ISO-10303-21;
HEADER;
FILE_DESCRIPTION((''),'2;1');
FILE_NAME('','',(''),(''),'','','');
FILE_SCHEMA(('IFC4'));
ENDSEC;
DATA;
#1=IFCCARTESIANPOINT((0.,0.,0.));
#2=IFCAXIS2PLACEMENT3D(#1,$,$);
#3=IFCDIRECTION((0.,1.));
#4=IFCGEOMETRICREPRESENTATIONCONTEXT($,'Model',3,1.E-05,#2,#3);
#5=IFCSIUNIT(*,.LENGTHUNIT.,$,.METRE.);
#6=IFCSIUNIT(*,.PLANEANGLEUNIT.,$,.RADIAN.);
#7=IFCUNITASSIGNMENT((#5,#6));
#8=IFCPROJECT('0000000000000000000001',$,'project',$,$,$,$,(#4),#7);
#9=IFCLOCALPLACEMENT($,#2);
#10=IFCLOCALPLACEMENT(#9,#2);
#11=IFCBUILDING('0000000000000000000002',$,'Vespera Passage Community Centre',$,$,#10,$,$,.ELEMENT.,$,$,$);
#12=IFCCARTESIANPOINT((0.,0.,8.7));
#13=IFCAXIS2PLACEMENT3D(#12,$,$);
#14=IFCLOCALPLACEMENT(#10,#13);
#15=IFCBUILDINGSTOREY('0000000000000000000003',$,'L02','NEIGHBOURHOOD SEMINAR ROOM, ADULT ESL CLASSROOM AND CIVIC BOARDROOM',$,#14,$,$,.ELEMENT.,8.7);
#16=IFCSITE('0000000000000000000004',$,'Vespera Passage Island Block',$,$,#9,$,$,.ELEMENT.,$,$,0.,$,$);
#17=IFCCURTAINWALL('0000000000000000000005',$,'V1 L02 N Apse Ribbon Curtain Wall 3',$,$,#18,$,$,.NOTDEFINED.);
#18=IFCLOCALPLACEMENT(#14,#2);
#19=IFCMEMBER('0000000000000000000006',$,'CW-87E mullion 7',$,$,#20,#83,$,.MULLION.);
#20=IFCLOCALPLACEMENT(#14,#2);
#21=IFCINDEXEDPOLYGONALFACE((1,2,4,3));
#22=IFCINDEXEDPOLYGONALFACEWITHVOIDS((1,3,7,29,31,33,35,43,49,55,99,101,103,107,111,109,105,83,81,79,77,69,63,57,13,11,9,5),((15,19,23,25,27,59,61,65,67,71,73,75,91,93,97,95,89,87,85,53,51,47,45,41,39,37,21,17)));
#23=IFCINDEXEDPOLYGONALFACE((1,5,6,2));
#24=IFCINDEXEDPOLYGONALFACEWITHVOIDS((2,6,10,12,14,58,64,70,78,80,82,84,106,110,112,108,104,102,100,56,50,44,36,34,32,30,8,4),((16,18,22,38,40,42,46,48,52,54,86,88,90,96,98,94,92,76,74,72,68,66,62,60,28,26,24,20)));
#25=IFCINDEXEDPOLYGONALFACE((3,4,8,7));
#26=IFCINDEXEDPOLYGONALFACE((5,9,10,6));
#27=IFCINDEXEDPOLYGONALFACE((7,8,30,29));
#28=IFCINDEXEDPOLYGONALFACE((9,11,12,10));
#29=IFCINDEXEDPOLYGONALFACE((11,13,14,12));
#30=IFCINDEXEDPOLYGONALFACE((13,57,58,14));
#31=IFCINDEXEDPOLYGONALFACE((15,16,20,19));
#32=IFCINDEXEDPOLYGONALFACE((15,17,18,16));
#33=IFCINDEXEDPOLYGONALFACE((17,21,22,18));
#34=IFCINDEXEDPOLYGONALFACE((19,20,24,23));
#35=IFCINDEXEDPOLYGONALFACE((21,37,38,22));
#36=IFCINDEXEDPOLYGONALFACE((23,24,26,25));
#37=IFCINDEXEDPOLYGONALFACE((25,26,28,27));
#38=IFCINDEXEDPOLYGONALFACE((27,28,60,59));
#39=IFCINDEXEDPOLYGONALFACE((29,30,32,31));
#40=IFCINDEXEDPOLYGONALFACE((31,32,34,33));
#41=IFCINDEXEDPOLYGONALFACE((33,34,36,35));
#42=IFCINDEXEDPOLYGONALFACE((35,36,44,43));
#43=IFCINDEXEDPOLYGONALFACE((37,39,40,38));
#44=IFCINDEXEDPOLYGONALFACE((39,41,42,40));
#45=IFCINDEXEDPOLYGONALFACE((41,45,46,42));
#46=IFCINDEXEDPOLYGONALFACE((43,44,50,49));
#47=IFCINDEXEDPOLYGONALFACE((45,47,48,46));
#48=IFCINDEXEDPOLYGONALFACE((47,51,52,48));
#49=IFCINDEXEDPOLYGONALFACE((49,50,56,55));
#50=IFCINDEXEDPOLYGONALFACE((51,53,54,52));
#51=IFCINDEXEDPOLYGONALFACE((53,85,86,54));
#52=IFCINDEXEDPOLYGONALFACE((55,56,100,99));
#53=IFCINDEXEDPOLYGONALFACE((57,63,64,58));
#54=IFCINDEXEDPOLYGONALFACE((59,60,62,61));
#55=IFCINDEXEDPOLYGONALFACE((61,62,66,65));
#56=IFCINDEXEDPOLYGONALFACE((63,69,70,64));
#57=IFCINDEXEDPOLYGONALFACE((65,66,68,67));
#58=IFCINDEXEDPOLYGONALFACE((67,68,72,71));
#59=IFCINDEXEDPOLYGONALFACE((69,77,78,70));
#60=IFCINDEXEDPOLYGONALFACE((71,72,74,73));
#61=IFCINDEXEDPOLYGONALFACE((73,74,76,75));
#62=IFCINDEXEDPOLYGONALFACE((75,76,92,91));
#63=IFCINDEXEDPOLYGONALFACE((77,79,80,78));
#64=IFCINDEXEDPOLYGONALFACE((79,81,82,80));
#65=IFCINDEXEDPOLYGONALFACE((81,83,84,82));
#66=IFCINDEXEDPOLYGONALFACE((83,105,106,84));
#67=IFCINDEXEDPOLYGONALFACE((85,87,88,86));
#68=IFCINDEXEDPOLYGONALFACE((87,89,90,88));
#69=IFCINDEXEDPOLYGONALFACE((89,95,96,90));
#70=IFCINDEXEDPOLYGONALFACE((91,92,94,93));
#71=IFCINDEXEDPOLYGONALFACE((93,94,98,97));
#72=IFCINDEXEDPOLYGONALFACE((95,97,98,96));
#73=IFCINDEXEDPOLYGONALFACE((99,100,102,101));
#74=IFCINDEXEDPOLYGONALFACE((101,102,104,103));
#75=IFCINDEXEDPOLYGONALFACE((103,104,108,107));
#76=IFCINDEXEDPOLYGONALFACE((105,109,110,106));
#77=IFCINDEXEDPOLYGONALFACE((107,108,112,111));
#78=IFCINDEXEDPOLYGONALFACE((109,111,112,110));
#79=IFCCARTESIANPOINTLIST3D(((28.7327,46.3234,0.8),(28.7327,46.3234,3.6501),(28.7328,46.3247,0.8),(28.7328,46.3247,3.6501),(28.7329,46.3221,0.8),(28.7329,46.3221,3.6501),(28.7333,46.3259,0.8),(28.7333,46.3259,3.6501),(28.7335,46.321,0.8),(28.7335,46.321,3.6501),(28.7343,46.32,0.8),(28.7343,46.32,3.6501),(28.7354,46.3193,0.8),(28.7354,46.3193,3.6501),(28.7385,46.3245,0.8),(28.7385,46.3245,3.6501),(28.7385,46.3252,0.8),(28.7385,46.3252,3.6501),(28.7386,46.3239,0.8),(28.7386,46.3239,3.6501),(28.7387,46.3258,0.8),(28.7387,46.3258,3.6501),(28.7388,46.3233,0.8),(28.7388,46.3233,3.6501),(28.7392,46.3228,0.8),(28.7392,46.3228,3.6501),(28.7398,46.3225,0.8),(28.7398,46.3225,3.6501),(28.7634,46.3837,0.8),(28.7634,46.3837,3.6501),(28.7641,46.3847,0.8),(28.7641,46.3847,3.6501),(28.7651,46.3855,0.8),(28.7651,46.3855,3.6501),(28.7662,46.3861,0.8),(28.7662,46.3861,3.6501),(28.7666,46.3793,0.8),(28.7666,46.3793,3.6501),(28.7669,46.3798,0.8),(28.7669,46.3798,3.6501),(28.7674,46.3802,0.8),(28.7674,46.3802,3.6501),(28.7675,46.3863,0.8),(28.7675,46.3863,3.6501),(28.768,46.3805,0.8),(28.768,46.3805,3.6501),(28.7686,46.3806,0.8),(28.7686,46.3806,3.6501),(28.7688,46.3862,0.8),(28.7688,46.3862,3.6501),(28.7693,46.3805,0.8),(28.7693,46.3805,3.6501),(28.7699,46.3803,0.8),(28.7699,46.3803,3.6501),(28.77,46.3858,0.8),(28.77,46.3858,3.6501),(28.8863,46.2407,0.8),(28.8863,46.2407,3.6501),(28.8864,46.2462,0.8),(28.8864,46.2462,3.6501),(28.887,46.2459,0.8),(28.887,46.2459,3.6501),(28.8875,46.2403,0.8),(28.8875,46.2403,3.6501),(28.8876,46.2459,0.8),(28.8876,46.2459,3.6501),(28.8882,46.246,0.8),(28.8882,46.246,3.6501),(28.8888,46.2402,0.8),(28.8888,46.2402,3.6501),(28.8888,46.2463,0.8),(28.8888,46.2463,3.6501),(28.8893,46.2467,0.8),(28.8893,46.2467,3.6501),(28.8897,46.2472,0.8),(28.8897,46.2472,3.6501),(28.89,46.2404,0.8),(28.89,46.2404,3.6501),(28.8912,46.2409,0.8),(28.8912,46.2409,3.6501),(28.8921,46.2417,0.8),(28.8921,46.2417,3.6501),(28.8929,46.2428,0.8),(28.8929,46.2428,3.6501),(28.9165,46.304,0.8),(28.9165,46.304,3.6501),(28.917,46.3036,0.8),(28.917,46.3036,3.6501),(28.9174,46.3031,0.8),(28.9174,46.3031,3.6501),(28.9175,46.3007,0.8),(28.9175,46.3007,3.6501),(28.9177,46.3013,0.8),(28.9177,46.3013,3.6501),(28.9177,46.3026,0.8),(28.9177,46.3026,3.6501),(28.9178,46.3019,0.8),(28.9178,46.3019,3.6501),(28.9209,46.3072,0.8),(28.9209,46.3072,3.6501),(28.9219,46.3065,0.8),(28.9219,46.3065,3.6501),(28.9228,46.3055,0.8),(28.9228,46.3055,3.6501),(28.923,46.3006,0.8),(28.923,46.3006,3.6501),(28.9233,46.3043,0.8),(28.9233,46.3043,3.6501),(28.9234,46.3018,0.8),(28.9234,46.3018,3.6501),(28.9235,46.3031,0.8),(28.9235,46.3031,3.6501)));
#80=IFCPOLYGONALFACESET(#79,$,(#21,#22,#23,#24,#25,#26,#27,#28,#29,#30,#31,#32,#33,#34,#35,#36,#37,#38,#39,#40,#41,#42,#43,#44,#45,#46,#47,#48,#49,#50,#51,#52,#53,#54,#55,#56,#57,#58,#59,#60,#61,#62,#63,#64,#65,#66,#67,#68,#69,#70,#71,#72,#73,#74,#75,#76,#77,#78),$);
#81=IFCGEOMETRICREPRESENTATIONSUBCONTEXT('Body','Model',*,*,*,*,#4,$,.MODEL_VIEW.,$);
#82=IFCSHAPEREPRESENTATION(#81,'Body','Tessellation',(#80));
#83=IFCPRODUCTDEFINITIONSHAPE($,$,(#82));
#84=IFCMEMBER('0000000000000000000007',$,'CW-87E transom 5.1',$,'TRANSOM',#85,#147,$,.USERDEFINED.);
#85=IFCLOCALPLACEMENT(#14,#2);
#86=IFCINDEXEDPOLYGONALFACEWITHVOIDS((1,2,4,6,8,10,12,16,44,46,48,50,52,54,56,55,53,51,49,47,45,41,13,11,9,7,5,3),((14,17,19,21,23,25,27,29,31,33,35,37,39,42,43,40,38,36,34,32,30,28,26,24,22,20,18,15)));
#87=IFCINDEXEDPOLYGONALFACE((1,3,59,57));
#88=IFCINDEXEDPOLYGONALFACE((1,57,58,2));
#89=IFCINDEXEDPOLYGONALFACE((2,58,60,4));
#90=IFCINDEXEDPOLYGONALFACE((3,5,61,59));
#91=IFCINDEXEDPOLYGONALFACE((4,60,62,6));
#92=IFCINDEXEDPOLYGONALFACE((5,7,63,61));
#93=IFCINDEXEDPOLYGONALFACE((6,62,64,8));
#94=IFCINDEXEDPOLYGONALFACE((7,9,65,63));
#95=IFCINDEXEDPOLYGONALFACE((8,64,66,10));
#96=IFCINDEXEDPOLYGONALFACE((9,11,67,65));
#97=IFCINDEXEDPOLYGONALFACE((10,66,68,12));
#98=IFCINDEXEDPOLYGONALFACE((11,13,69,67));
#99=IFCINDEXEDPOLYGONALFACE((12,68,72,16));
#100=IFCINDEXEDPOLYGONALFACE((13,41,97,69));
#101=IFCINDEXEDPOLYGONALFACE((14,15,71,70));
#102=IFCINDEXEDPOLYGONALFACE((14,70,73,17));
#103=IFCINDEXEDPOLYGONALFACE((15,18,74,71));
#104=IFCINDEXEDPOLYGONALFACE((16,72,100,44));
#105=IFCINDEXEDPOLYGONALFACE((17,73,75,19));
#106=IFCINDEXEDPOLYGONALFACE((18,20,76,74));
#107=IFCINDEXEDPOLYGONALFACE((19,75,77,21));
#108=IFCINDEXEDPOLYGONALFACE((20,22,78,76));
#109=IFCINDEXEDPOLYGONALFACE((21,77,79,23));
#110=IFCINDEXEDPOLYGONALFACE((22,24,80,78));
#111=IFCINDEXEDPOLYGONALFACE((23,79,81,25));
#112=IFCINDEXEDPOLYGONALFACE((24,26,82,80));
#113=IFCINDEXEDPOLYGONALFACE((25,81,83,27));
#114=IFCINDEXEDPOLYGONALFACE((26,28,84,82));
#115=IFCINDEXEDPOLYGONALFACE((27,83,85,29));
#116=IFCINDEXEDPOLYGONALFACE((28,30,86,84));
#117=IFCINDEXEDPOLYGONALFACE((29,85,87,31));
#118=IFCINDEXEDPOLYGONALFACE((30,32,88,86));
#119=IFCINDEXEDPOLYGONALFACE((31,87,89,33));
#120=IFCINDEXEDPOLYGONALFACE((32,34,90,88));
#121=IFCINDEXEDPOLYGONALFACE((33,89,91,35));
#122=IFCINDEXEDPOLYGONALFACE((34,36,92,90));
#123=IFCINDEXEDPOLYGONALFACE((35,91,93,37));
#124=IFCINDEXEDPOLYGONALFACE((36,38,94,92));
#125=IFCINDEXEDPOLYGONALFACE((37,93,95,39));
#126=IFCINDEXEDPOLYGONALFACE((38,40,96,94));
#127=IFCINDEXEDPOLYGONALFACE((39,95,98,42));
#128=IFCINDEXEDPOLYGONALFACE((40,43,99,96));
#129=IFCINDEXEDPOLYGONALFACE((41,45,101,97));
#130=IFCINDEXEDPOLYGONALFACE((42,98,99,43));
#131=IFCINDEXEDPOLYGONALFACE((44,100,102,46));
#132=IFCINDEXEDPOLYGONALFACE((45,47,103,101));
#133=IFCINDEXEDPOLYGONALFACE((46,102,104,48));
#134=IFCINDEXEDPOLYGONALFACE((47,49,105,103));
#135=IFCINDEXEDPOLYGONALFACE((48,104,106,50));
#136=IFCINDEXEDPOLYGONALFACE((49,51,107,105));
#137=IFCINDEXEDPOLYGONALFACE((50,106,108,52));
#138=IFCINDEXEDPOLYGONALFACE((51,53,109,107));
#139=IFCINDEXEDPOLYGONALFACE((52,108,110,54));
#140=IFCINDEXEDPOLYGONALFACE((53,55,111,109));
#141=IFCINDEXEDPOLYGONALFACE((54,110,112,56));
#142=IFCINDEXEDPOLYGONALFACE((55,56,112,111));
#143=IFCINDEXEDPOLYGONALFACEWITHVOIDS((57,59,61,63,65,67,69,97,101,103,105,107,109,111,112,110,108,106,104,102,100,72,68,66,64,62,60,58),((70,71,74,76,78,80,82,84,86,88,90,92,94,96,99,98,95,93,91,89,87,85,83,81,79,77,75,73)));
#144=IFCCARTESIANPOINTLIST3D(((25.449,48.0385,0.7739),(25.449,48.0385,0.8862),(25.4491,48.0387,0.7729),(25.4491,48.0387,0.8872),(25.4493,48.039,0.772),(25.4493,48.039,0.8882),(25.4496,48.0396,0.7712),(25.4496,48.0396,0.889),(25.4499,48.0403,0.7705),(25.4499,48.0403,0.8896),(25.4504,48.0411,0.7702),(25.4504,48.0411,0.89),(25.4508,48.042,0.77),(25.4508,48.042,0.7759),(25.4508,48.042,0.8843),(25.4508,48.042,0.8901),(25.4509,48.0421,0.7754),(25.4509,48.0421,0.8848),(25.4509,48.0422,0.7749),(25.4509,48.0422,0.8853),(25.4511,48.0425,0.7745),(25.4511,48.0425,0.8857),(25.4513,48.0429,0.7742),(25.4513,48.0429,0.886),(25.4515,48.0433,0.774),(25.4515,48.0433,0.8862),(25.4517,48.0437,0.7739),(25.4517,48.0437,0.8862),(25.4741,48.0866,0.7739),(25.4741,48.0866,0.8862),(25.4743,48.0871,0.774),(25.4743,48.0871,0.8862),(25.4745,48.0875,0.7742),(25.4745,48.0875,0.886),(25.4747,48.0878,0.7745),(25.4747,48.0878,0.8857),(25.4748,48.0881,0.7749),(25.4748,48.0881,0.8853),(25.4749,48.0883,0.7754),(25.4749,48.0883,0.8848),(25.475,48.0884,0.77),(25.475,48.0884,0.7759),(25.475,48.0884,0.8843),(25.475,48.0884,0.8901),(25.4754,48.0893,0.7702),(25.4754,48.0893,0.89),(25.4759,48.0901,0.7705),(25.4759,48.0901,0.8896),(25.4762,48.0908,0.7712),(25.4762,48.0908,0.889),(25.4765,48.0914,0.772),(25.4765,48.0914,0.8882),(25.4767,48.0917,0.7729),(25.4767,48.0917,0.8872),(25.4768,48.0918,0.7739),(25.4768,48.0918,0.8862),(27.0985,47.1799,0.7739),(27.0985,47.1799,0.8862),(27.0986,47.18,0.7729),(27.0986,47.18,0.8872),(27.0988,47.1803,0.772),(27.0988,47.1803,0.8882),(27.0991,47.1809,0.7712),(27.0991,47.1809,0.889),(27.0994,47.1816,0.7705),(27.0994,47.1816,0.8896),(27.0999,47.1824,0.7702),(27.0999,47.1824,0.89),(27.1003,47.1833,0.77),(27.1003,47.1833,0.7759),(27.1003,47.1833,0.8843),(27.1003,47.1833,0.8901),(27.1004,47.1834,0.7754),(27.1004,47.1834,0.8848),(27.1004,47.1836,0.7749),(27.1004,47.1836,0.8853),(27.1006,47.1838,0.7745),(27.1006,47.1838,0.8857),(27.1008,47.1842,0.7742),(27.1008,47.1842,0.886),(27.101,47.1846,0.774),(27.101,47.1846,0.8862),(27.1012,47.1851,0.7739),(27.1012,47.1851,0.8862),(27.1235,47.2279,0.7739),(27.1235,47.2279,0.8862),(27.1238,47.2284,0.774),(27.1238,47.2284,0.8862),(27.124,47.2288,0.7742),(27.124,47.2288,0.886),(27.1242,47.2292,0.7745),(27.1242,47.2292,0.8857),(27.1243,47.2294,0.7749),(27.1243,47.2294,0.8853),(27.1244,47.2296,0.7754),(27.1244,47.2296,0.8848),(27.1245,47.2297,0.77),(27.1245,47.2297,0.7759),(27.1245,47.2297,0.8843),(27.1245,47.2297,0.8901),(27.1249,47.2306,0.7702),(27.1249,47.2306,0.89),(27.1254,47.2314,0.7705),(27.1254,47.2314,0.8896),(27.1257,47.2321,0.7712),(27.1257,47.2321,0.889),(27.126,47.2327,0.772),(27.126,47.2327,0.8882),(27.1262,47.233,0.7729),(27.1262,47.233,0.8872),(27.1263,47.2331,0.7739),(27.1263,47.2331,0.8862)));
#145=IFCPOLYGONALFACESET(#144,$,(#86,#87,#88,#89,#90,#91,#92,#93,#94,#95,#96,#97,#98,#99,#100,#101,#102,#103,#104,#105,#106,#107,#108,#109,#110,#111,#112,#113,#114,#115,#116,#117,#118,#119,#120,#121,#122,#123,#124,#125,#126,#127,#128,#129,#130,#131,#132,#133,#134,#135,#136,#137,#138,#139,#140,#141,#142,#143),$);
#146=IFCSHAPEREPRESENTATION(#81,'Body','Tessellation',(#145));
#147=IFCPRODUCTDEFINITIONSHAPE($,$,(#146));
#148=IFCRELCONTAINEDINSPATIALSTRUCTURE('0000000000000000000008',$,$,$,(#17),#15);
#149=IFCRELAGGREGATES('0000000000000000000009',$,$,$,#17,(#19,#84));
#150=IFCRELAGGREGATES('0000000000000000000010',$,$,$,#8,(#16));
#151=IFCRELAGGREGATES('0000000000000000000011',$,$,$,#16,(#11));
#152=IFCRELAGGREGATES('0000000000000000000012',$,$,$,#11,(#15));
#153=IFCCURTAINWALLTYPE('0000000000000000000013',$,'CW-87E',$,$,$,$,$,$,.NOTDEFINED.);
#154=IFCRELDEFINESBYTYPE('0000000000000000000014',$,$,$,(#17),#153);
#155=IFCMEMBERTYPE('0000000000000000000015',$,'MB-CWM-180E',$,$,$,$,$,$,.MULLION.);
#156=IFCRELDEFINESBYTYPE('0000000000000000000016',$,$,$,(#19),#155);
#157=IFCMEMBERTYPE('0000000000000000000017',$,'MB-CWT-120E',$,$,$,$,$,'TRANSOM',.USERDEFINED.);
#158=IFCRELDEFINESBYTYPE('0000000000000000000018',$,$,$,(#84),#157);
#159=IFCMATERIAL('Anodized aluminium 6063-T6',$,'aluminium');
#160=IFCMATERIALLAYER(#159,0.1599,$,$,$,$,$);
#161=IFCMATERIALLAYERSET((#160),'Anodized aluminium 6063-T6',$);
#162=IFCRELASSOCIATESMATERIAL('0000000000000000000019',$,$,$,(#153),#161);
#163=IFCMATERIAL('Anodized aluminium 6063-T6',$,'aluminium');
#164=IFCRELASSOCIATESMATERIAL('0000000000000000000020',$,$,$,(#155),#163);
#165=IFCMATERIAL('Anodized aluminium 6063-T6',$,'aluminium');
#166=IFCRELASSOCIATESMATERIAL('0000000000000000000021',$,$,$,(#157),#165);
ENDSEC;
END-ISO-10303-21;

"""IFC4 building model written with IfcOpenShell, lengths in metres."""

from ifc_helpers import new_model, si_unit, direction, frame, origin, origin_2d, place, context, subcontext, project, spatial, hollow_rectangle, extrude, material, layer, layer_set, material_profile, profile_set, type_object, element, aggregate, save


model = new_model("IFC4")

# Units and contexts
model_context = context("Model", 3, precision=1e-05, world=origin(), true_north=direction((0.0, 1.0)))
body_context = subcontext(model_context, "Body", "Model", "MODEL_VIEW")
ifc_project = project(units=[si_unit("LENGTHUNIT", "METRE"), si_unit("PLANEANGLEUNIT", "RADIAN")], contexts=[model_context])

# Site, building, storey
site_placement = place(None, origin())
site = spatial("IfcSite", under=ifc_project, at=site_placement, Name="Vespera Passage Island Block", CompositionType="ELEMENT", RefElevation=0.0)
building_placement = place(site_placement, origin())
building = spatial("IfcBuilding", under=site, at=building_placement, Name="Vespera Passage Community Centre", CompositionType="ELEMENT")
storey_placement = place(building_placement, frame((0.0, 0.0, 8.7)))
storey = spatial("IfcBuildingStorey", under=building, at=storey_placement, Name="L02", Description="NEIGHBOURHOOD SEMINAR ROOM, ADULT ESL CLASSROOM AND CIVIC BOARDROOM", CompositionType="ELEMENT", Elevation=8.7)

# Curtain wall, members
ifc_material_1 = material(Name="Anodized aluminium 6063-T6", Category="aluminium")
ifc_layer_1 = layer(ifc_material_1, 0.1599)
ifc_layer_set_1 = layer_set([ifc_layer_1], Name="Anodized aluminium 6063-T6")
curtain_wall_type = type_object("IfcCurtainWallType", Name="CW-87E", PredefinedType="NOTDEFINED", material=ifc_layer_set_1)
curtain_wall_placement = place(storey_placement, origin())
curtain_wall = element("IfcCurtainWall", 1, at=curtain_wall_placement, inside=storey, type_object=curtain_wall_type, Name="V1 L02 N Apse Ribbon Curtain Wall 3", PredefinedType="NOTDEFINED")
ifc_material_2 = material(Name="Anodized aluminium 6063-T6", Category="aluminium")
ifc_material_profile_1 = material_profile(ifc_material_2, hollow_rectangle(XDim=0.075, YDim=0.1799, WallThickness=0.0049, InnerFilletRadius=0.0024, OuterFilletRadius=0.0049, at=origin_2d()), Name="ALU180X75X5")
ifc_profile_set_1 = profile_set([ifc_material_profile_1], Name="Anodized aluminium 6063-T6")
member_type_1 = type_object("IfcMemberType", Name="MB-CWM-180E", PredefinedType="MULLION", material=ifc_profile_set_1)
member_1_placement = place(storey_placement, frame((28.8281, 46.3132, 0.8), z_axis=(0.0, 0.0, 1.0), x_axis=(0.461745, 0.887013, 0.0)))
member_1 = element("IfcMember", 2, at=member_1_placement, type_object=member_type_1, Name="CW-87E mullion 7", PredefinedType="MULLION", context=body_context, shape_type="SweptSolid", body=[
    extrude(hollow_rectangle(XDim=0.075, YDim=0.1799, WallThickness=0.0049, InnerFilletRadius=0.0024, OuterFilletRadius=0.0049, at=origin_2d()), origin(), (0.0, 0.0, 1.0), 2.8501),
])
ifc_material_3 = material(Name="Anodized aluminium 6063-T6", Category="aluminium")
ifc_material_profile_2 = material_profile(ifc_material_3, hollow_rectangle(XDim=0.0601, YDim=0.1201, WallThickness=0.0039, InnerFilletRadius=0.002, OuterFilletRadius=0.0039, at=origin_2d()), Name="ALU120X60X4")
ifc_profile_set_2 = profile_set([ifc_material_profile_2], Name="Anodized aluminium 6063-T6")
member_type_2 = type_object("IfcMemberType", Name="MB-CWT-120E", ElementType="TRANSOM", PredefinedType="USERDEFINED", material=ifc_profile_set_2)
member_2_placement = place(storey_placement, frame((25.4629, 48.0652, 0.8301), z_axis=(0.887008, -0.461754, 0.0), x_axis=(0.461754, 0.887008, 0.0)))
member_2 = element("IfcMember", 3, at=member_2_placement, type_object=member_type_2, Name="CW-87E transom 5.1", ObjectType="TRANSOM", PredefinedType="USERDEFINED", context=body_context, shape_type="SweptSolid", body=[
    extrude(hollow_rectangle(XDim=0.0601, YDim=0.1201, WallThickness=0.0039, InnerFilletRadius=0.002, OuterFilletRadius=0.0039, at=origin_2d()), origin(), (0.0, 0.0, 1.0), 1.8596),
])
aggregate(curtain_wall, [member_1, member_2])

save(model, "model.ifc")
